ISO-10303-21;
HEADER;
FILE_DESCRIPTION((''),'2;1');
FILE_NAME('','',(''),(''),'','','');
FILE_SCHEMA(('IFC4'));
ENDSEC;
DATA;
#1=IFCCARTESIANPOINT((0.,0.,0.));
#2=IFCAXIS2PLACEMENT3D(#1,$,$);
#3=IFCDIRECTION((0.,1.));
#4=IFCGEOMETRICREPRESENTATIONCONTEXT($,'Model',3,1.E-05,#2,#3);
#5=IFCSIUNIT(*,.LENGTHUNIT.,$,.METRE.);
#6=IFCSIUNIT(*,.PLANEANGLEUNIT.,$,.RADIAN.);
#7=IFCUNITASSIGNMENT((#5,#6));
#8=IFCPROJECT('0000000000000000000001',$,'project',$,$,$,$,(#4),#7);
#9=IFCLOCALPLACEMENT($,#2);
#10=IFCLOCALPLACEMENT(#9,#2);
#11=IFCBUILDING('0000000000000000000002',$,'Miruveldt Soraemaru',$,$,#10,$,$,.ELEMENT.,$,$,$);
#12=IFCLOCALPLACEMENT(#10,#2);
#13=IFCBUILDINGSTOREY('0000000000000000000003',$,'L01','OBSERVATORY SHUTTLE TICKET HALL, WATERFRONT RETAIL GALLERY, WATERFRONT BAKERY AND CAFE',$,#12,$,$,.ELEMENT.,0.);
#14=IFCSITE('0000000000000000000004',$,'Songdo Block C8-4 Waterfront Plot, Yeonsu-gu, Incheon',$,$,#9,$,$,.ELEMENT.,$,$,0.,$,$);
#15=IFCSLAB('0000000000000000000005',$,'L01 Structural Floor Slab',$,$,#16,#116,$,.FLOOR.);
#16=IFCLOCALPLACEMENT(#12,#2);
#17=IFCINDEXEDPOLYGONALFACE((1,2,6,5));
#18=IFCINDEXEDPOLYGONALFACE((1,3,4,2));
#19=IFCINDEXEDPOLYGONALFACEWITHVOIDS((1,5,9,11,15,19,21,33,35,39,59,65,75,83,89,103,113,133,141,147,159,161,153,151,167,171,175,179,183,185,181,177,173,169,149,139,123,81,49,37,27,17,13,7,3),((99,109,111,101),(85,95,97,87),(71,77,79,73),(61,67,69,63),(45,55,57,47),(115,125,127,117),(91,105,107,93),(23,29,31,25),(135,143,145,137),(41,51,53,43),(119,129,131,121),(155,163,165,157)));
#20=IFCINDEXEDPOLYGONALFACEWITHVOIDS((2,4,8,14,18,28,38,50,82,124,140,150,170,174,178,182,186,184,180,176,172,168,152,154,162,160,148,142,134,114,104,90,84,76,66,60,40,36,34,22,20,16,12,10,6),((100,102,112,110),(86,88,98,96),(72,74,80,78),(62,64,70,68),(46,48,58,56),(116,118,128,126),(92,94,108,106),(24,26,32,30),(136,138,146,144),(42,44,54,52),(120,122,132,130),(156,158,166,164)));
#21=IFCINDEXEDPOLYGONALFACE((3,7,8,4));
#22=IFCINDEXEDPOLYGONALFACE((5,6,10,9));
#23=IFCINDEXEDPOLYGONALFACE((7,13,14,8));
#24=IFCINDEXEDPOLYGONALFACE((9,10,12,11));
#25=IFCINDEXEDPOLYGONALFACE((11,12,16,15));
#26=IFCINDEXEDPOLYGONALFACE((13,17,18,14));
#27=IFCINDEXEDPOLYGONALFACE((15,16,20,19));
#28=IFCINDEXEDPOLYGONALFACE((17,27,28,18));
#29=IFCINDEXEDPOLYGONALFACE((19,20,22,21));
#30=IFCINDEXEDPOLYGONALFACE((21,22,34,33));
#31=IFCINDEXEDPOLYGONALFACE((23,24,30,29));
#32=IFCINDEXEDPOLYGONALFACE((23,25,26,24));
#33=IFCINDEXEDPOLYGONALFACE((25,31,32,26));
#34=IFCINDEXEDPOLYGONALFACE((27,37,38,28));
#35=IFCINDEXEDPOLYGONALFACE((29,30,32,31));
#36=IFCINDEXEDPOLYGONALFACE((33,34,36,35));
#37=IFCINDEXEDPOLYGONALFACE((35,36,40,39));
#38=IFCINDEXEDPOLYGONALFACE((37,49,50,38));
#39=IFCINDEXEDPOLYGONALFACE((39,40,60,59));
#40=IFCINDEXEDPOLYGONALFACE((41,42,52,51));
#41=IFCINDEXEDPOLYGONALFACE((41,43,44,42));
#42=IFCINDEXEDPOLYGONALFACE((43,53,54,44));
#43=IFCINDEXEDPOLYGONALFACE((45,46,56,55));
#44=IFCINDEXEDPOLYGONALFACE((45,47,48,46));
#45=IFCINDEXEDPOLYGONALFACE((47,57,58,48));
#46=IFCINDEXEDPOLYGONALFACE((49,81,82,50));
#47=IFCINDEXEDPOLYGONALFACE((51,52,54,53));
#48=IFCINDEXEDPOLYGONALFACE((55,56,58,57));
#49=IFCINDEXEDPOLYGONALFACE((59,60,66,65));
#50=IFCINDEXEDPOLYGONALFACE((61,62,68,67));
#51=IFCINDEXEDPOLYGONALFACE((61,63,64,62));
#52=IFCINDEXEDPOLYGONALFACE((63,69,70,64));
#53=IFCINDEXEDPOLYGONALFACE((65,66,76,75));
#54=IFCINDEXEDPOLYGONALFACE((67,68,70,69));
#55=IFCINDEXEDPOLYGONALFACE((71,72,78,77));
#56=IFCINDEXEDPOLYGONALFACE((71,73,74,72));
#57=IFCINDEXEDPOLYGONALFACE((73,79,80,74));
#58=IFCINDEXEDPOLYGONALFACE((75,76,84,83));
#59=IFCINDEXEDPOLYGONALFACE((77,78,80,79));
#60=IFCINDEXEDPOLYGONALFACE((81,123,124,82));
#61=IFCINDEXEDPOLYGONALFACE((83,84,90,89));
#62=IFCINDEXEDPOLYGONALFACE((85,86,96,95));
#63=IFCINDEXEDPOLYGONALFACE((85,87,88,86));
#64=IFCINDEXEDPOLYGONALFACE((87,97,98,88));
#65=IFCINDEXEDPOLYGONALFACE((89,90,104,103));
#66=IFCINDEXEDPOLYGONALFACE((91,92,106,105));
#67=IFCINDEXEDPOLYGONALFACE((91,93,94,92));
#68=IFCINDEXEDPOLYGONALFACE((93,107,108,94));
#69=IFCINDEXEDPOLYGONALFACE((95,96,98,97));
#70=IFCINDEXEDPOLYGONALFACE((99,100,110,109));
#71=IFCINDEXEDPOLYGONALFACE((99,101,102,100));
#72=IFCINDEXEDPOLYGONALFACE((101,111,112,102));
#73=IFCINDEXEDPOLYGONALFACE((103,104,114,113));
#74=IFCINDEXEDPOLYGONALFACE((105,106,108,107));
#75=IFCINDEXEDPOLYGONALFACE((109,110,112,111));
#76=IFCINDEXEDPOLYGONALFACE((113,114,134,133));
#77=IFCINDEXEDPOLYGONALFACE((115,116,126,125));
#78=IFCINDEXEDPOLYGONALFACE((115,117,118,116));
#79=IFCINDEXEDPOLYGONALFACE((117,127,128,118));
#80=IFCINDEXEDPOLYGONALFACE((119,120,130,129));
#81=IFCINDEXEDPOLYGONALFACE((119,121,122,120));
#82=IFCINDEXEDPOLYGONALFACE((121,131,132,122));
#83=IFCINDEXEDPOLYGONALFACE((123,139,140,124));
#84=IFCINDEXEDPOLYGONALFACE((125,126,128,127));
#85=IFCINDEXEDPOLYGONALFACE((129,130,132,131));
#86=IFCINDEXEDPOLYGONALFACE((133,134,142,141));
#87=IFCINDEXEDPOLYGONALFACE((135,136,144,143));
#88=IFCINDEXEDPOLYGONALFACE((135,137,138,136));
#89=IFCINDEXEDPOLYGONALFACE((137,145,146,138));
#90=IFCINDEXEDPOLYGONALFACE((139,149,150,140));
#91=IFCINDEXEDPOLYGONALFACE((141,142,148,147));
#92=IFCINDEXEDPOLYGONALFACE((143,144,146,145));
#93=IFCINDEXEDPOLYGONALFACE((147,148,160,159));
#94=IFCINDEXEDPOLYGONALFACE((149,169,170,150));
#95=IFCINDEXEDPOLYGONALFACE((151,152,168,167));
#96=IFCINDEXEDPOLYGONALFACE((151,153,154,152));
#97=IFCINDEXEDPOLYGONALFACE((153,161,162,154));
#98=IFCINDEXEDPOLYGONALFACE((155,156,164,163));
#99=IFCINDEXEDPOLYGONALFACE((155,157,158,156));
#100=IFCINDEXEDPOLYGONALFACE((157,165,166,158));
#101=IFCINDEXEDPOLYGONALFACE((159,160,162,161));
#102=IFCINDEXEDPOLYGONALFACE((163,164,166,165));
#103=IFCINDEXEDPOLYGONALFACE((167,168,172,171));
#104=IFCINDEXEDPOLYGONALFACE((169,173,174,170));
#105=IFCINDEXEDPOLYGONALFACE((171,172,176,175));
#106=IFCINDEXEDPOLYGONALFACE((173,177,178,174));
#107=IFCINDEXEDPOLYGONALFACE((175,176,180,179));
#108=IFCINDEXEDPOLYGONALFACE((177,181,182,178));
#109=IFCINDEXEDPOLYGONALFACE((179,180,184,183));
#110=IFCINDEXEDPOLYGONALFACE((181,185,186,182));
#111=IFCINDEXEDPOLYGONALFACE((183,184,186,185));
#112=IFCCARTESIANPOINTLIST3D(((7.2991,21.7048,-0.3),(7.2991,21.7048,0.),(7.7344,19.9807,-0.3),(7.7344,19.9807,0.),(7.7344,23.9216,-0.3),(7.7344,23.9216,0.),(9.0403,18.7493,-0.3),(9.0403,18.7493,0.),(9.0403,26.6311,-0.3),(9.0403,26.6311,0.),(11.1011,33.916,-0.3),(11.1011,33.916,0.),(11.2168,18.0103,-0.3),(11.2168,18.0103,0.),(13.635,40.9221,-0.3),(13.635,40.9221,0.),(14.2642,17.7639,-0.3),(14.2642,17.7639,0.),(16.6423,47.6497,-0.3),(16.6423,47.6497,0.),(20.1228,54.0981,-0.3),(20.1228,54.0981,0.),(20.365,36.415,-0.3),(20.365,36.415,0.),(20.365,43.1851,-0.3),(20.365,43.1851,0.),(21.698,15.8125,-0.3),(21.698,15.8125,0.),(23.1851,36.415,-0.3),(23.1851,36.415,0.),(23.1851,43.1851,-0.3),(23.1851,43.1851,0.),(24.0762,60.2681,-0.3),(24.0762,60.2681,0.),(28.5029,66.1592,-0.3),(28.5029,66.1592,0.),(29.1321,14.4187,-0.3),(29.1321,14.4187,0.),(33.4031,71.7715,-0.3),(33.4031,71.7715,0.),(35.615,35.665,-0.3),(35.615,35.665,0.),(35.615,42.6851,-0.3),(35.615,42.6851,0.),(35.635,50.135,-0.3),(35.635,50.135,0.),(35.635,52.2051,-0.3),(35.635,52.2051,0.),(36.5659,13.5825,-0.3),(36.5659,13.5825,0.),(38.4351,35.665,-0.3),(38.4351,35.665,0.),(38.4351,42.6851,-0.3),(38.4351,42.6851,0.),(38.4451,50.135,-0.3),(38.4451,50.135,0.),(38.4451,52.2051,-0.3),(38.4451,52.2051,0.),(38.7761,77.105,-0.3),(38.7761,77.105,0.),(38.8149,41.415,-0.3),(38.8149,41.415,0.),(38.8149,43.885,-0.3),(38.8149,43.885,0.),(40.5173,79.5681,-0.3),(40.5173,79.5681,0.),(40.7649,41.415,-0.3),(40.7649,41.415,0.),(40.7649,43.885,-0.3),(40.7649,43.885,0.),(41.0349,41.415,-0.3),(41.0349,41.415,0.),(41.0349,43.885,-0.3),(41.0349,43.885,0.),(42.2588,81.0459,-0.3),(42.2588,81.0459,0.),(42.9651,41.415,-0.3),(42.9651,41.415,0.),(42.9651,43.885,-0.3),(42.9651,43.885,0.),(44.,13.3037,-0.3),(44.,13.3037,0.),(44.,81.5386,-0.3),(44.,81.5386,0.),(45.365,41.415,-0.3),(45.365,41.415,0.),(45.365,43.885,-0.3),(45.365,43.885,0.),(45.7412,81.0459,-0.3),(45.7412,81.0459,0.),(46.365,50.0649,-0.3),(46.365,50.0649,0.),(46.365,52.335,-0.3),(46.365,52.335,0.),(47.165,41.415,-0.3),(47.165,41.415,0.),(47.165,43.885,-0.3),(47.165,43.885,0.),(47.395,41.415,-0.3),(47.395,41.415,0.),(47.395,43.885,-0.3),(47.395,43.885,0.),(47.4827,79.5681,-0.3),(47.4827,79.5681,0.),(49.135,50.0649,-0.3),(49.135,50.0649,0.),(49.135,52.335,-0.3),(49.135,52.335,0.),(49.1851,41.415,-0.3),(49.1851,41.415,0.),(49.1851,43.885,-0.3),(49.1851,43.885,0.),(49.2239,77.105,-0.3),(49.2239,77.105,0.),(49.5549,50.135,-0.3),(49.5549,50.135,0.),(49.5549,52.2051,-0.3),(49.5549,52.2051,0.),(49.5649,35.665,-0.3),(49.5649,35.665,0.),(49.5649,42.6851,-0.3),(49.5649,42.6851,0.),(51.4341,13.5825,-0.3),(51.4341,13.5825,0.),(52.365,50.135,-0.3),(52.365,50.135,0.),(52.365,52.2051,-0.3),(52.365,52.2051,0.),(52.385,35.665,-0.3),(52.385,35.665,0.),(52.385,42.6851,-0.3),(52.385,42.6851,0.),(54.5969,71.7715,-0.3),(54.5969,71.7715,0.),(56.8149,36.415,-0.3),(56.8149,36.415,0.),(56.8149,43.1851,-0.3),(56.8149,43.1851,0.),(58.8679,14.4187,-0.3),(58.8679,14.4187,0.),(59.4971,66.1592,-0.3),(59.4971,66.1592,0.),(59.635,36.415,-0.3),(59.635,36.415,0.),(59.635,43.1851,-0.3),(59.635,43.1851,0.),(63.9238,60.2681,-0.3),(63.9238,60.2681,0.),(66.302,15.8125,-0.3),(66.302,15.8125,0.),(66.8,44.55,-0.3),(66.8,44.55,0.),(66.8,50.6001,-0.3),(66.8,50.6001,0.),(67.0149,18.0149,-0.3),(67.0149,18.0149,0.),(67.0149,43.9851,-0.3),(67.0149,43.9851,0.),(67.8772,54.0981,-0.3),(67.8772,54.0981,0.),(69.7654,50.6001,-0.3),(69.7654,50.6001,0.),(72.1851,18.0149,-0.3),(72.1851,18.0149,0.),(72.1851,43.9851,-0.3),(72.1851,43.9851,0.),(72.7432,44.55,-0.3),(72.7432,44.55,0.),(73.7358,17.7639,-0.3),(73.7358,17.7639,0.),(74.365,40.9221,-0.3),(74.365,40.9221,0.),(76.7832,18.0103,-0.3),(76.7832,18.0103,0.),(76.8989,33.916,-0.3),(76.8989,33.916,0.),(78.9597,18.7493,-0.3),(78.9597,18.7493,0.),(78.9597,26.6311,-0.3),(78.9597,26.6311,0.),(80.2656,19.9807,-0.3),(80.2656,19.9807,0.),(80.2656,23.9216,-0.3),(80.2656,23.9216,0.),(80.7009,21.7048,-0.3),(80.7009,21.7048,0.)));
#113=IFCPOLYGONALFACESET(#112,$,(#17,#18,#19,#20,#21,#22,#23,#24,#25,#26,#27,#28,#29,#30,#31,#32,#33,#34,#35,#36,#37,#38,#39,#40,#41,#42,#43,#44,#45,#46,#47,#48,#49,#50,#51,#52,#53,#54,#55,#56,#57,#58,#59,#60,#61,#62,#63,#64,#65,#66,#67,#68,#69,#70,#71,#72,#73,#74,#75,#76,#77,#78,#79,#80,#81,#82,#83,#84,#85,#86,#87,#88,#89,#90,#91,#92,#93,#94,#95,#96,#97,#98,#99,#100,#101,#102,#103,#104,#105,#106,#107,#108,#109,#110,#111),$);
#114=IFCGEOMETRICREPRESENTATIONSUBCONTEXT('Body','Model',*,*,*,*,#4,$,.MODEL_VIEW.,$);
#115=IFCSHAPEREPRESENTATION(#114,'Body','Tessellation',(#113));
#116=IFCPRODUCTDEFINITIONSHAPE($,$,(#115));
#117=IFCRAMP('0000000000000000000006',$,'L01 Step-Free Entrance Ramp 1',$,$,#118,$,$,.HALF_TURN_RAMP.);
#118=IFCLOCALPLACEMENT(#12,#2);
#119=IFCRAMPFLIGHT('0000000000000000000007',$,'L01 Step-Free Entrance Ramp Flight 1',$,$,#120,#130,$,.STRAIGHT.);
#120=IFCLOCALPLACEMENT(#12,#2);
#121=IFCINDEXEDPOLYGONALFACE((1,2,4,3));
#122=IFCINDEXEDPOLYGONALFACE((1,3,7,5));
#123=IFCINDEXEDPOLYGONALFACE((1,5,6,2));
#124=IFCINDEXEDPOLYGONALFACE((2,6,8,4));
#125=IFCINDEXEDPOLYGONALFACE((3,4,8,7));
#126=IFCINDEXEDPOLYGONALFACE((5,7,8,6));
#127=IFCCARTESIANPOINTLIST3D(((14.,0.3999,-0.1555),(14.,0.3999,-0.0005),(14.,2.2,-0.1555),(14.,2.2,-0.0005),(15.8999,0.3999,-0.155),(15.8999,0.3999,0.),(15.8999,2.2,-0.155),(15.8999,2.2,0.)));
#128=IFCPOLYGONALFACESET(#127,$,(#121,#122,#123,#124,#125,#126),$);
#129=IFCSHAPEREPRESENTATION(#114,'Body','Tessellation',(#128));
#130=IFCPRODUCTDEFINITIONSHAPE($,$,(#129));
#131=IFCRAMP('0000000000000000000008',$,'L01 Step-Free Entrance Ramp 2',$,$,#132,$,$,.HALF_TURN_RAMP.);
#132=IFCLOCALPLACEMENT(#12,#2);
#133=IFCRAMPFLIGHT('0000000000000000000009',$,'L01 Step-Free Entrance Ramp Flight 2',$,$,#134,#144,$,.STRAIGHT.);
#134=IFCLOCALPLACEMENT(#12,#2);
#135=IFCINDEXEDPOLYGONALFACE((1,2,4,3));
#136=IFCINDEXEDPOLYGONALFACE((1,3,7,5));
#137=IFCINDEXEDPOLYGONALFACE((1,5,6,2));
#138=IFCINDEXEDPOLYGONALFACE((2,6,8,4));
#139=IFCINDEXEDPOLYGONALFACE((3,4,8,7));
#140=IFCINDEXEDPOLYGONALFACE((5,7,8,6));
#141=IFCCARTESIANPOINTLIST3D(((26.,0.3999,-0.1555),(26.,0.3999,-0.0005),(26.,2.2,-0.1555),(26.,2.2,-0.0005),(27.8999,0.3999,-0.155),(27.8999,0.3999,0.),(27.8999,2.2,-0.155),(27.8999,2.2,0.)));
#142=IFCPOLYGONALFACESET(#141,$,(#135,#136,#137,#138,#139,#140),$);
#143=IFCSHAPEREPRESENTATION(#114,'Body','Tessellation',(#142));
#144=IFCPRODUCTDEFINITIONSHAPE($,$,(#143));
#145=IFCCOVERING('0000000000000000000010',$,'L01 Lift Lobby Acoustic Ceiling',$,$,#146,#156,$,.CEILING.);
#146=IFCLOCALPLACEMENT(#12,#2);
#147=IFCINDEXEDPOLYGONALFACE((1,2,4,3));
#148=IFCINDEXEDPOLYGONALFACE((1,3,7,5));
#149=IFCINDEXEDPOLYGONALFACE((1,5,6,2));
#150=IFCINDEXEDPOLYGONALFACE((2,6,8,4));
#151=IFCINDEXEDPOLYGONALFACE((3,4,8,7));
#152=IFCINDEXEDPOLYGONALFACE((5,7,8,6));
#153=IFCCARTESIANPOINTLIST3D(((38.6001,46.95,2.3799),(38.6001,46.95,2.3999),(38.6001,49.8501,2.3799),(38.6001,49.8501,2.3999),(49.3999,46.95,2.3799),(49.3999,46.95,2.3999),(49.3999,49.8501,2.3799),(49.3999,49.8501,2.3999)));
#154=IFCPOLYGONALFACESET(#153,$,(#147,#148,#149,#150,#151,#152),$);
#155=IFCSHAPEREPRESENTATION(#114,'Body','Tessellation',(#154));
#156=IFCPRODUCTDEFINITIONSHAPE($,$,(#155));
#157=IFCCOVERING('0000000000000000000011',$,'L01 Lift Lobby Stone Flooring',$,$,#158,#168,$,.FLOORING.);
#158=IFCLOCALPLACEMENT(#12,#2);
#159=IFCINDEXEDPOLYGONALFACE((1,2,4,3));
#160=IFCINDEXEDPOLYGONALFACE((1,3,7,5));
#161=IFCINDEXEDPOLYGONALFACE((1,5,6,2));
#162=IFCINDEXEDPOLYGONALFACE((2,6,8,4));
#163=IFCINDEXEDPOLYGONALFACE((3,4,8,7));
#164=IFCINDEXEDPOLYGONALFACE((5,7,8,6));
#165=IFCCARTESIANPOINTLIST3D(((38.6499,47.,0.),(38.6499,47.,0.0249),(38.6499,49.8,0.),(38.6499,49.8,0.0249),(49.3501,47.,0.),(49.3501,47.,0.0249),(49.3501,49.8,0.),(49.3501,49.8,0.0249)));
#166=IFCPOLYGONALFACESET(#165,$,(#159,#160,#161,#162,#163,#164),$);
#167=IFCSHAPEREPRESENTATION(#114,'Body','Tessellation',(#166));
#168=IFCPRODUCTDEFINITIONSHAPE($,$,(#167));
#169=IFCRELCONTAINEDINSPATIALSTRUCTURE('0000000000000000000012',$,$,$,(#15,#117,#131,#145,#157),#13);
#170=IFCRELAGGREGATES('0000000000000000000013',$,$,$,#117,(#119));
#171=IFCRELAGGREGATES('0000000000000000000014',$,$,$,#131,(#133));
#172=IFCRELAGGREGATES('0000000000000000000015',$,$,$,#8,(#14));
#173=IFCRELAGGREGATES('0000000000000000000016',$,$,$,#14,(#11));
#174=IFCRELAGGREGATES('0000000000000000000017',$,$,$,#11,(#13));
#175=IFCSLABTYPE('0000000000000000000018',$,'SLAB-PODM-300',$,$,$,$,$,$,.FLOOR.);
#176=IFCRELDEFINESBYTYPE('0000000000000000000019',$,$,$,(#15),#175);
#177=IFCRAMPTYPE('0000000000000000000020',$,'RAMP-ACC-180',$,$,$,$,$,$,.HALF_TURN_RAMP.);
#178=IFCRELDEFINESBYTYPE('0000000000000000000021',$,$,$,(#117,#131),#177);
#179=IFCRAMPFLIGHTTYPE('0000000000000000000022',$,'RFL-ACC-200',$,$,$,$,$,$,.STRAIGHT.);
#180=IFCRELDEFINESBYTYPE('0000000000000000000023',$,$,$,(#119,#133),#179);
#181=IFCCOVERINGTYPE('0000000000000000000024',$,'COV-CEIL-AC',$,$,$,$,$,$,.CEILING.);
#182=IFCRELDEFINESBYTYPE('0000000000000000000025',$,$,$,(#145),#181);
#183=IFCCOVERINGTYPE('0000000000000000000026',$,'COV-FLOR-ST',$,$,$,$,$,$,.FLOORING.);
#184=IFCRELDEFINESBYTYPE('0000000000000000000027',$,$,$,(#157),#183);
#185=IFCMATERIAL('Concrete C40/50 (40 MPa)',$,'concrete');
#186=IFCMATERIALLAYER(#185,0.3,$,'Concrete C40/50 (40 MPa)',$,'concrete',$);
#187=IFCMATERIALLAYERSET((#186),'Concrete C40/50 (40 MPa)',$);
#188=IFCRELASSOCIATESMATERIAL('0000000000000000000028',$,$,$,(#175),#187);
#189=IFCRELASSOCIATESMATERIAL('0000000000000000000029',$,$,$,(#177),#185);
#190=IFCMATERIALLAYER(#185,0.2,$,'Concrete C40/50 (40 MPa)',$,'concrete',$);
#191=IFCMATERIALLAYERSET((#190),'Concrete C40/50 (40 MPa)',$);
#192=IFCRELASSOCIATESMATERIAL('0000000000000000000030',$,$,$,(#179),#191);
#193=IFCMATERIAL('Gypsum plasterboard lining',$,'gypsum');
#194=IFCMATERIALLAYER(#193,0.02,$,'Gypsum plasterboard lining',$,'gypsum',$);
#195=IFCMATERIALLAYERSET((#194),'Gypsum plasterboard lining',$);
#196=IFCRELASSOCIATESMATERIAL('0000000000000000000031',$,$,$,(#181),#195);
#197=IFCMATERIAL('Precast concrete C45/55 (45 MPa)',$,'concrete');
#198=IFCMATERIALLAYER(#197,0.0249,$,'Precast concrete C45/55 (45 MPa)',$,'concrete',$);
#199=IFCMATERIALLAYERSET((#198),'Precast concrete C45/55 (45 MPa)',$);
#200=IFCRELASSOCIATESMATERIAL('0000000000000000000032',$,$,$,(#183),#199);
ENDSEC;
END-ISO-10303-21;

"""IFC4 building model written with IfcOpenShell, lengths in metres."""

from ifc_helpers import new_model, si_unit, direction, frame, origin, place, context, subcontext, project, spatial, polyline, outline, extrude, material, layer, layer_set, type_object, element, aggregate, save


model = new_model("IFC4")

# Units and contexts
model_context = context("Model", 3, precision=1e-05, world=origin(), true_north=direction((0.0, 1.0)))
body_context = subcontext(model_context, "Body", "Model", "MODEL_VIEW")
ifc_project = project(units=[si_unit("LENGTHUNIT", "METRE"), si_unit("PLANEANGLEUNIT", "RADIAN")], contexts=[model_context])

# Site, building, storey
site_placement = place(None, origin())
site = spatial("IfcSite", under=ifc_project, at=site_placement, Name="Songdo Block C8-4 Waterfront Plot, Yeonsu-gu, Incheon", CompositionType="ELEMENT", RefElevation=0.0)
building_placement = place(site_placement, origin())
building = spatial("IfcBuilding", under=site, at=building_placement, Name="Miruveldt Soraemaru", CompositionType="ELEMENT")
storey_placement = place(building_placement, origin())
storey = spatial("IfcBuildingStorey", under=building, at=storey_placement, Name="L01", Description="OBSERVATORY SHUTTLE TICKET HALL, WATERFRONT RETAIL GALLERY, WATERFRONT BAKERY AND CAFE", CompositionType="ELEMENT", Elevation=0.0)

# Shared definitions
ifc_material_1 = material(Name="Concrete C40/50 (40 MPa)", Category="concrete")

# Slab
ifc_material_2 = material(Name="Precast concrete C45/55 (45 MPa)", Category="concrete")
ifc_layer_1 = layer(ifc_material_1, 0.3, Name="Concrete C40/50 (40 MPa)", Category="concrete")
ifc_layer_set_1 = layer_set([ifc_layer_1], Name="Concrete C40/50 (40 MPa)")
slab_type_1 = type_object("IfcSlabType", Name="SLAB-PODM-300", PredefinedType="FLOOR", material=ifc_layer_set_1)
slab_1_placement = place(storey_placement, frame((0.0, 0.0, -0.3)))
element("IfcSlab", 1, at=slab_1_placement, inside=storey, type_object=slab_type_1, Name="L01 Structural Floor Slab", PredefinedType="FLOOR", context=body_context, shape_type="SweptSolid", body=[
    extrude(outline(polyline([(76.8989, 33.916), (78.9597, 26.6311), (80.2656, 23.9216), (80.7009, 21.7048), (80.2656, 19.9807), (78.9597, 18.7493), (76.7832, 18.0103), (73.7358, 17.7639), (66.302, 15.8125), (58.8679, 14.4187), (51.4341, 13.5825), (44.0, 13.3037), (36.5659, 13.5825), (29.1321, 14.4187), (21.698, 15.8125), (14.2642, 17.7639), (11.2168, 18.0103), (9.0403, 18.7493), (7.7344, 19.9807), (7.2991, 21.7048), (7.7344, 23.9216), (9.0403, 26.6311), (11.1011, 33.916), (13.635, 40.9221), (16.6423, 47.6497), (20.1228, 54.0981), (24.0762, 60.2681), (28.5029, 66.1592), (33.4031, 71.7715), (38.7761, 77.105), (40.5173, 79.5681), (42.2588, 81.0459), (44.0, 81.5386), (45.7412, 81.0459), (47.4827, 79.5681), (49.2239, 77.105), (54.5969, 71.7715), (59.4971, 66.1592), (63.9238, 60.2681), (67.8772, 54.0981), (69.7654, 50.6001), (66.8, 50.6001), (66.8, 44.55), (72.7432, 44.55), (74.365, 40.9221), (76.8989, 33.916)]), holes=[polyline([(35.615, 35.665), (38.4351, 35.665), (38.4351, 42.6851), (35.615, 42.6851), (35.615, 35.665)]), polyline([(20.365, 43.1851), (20.365, 36.415), (23.1851, 36.415), (23.1851, 43.1851), (20.365, 43.1851)]), polyline([(38.8149, 41.415), (40.7649, 41.415), (40.7649, 43.885), (38.8149, 43.885), (38.8149, 41.415)]), polyline([(42.9651, 41.415), (42.9651, 43.885), (41.0349, 43.885), (41.0349, 41.415), (42.9651, 41.415)]), polyline([(45.365, 41.415), (47.165, 41.415), (47.165, 43.885), (45.365, 43.885), (45.365, 41.415)]), polyline([(35.635, 50.135), (38.4451, 50.135), (38.4451, 52.2051), (35.635, 52.2051), (35.635, 50.135)]), polyline([(72.1851, 18.0149), (72.1851, 43.9851), (67.0149, 43.9851), (67.0149, 18.0149), (72.1851, 18.0149)]), polyline([(49.5649, 42.6851), (49.5649, 35.665), (52.385, 35.665), (52.385, 42.6851), (49.5649, 42.6851)]), polyline([(56.8149, 43.1851), (56.8149, 36.415), (59.635, 36.415), (59.635, 43.1851), (56.8149, 43.1851)]), polyline([(49.1851, 41.415), (49.1851, 43.885), (47.395, 43.885), (47.395, 41.415), (49.1851, 41.415)]), polyline([(49.5549, 50.135), (52.365, 50.135), (52.365, 52.2051), (49.5549, 52.2051), (49.5549, 50.135)]), polyline([(46.365, 50.0649), (49.135, 50.0649), (49.135, 52.335), (46.365, 52.335), (46.365, 50.0649)])]), origin(), (0.0, 0.0, 1.0), 0.3),
])

# Ramps, ramp flights
ramp_type = type_object("IfcRampType", Name="RAMP-ACC-180", PredefinedType="HALF_TURN_RAMP", material=ifc_material_1)
ramp_1_placement = place(storey_placement, origin())
ramp_1 = element("IfcRamp", 2, at=ramp_1_placement, inside=storey, type_object=ramp_type, Name="L01 Step-Free Entrance Ramp 1", PredefinedType="HALF_TURN_RAMP")
ifc_layer_2 = layer(ifc_material_1, 0.2, Name="Concrete C40/50 (40 MPa)", Category="concrete")
ifc_layer_set_2 = layer_set([ifc_layer_2], Name="Concrete C40/50 (40 MPa)")
ramp_flight_type = type_object("IfcRampFlightType", Name="RFL-ACC-200", PredefinedType="STRAIGHT", material=ifc_layer_set_2)
ramp_flight_1_placement = place(storey_placement, frame((14.0, 1.3, -0.0005), z_axis=(0.0, 0.0, 1.0), x_axis=(1.0, 0.0, 0.0)))
ramp_flight_1 = element("IfcRampFlight", 3, at=ramp_flight_1_placement, type_object=ramp_flight_type, Name="L01 Step-Free Entrance Ramp Flight 1", PredefinedType="STRAIGHT", context=body_context, shape_type="SweptSolid", body=[
    extrude(outline(polyline([(0.0, 0.0), (0.0, -0.155), (1.8999, -0.1545), (1.8999, 0.0005), (0.0, 0.0)])), frame((0.0, 0.8999, 0.0), z_axis=(0.0, -1.0, 0.0), x_axis=(1.0, 0.0, 0.0)), (0.0, 0.0, 1.0), 1.8),
])
aggregate(ramp_1, [ramp_flight_1])
ramp_2_placement = place(storey_placement, origin())
ramp_2 = element("IfcRamp", 4, at=ramp_2_placement, inside=storey, type_object=ramp_type, Name="L01 Step-Free Entrance Ramp 2", PredefinedType="HALF_TURN_RAMP")
ramp_flight_2_placement = place(storey_placement, frame((26.0, 1.3, -0.0005), z_axis=(0.0, 0.0, 1.0), x_axis=(1.0, 0.0, 0.0)))
ramp_flight_2 = element("IfcRampFlight", 5, at=ramp_flight_2_placement, type_object=ramp_flight_type, Name="L01 Step-Free Entrance Ramp Flight 2", PredefinedType="STRAIGHT", context=body_context, shape_type="SweptSolid", body=[
    extrude(outline(polyline([(0.0, 0.0), (0.0, -0.155), (1.8999, -0.1545), (1.8999, 0.0005), (0.0, 0.0)])), frame((0.0, 0.8999, 0.0), z_axis=(0.0, -1.0, 0.0), x_axis=(1.0, 0.0, 0.0)), (0.0, 0.0, 1.0), 1.8),
])
aggregate(ramp_2, [ramp_flight_2])

# Coverings
ifc_material_3 = material(Name="Gypsum plasterboard lining", Category="gypsum")
ifc_layer_3 = layer(ifc_material_3, 0.02, Name="Gypsum plasterboard lining", Category="gypsum")
ifc_layer_set_3 = layer_set([ifc_layer_3], Name="Gypsum plasterboard lining")
covering_type_1 = type_object("IfcCoveringType", Name="COV-CEIL-AC", PredefinedType="CEILING", material=ifc_layer_set_3)
covering_1_placement = place(storey_placement, frame((0.0, 0.0, 2.3799)))
element("IfcCovering", 6, at=covering_1_placement, inside=storey, type_object=covering_type_1, Name="L01 Lift Lobby Acoustic Ceiling", PredefinedType="CEILING", context=body_context, shape_type="SweptSolid", body=[
    extrude(outline(polyline([(38.6001, 46.95), (49.3999, 46.95), (49.3999, 49.8501), (38.6001, 49.8501), (38.6001, 46.95)])), origin(), (0.0, 0.0, 1.0), 0.02),
])
ifc_layer_4 = layer(ifc_material_2, 0.0249, Name="Precast concrete C45/55 (45 MPa)", Category="concrete")
ifc_layer_set_4 = layer_set([ifc_layer_4], Name="Precast concrete C45/55 (45 MPa)")
covering_type_2 = type_object("IfcCoveringType", Name="COV-FLOR-ST", PredefinedType="FLOORING", material=ifc_layer_set_4)
covering_2_placement = place(storey_placement, origin())
element("IfcCovering", 7, at=covering_2_placement, inside=storey, type_object=covering_type_2, Name="L01 Lift Lobby Stone Flooring", PredefinedType="FLOORING", context=body_context, shape_type="SweptSolid", body=[
    extrude(outline(polyline([(38.6499, 47.0), (49.3501, 47.0), (49.3501, 49.8), (38.6499, 49.8), (38.6499, 47.0)])), origin(), (0.0, 0.0, 1.0), 0.0249),
])

save(model, "model.ifc")
